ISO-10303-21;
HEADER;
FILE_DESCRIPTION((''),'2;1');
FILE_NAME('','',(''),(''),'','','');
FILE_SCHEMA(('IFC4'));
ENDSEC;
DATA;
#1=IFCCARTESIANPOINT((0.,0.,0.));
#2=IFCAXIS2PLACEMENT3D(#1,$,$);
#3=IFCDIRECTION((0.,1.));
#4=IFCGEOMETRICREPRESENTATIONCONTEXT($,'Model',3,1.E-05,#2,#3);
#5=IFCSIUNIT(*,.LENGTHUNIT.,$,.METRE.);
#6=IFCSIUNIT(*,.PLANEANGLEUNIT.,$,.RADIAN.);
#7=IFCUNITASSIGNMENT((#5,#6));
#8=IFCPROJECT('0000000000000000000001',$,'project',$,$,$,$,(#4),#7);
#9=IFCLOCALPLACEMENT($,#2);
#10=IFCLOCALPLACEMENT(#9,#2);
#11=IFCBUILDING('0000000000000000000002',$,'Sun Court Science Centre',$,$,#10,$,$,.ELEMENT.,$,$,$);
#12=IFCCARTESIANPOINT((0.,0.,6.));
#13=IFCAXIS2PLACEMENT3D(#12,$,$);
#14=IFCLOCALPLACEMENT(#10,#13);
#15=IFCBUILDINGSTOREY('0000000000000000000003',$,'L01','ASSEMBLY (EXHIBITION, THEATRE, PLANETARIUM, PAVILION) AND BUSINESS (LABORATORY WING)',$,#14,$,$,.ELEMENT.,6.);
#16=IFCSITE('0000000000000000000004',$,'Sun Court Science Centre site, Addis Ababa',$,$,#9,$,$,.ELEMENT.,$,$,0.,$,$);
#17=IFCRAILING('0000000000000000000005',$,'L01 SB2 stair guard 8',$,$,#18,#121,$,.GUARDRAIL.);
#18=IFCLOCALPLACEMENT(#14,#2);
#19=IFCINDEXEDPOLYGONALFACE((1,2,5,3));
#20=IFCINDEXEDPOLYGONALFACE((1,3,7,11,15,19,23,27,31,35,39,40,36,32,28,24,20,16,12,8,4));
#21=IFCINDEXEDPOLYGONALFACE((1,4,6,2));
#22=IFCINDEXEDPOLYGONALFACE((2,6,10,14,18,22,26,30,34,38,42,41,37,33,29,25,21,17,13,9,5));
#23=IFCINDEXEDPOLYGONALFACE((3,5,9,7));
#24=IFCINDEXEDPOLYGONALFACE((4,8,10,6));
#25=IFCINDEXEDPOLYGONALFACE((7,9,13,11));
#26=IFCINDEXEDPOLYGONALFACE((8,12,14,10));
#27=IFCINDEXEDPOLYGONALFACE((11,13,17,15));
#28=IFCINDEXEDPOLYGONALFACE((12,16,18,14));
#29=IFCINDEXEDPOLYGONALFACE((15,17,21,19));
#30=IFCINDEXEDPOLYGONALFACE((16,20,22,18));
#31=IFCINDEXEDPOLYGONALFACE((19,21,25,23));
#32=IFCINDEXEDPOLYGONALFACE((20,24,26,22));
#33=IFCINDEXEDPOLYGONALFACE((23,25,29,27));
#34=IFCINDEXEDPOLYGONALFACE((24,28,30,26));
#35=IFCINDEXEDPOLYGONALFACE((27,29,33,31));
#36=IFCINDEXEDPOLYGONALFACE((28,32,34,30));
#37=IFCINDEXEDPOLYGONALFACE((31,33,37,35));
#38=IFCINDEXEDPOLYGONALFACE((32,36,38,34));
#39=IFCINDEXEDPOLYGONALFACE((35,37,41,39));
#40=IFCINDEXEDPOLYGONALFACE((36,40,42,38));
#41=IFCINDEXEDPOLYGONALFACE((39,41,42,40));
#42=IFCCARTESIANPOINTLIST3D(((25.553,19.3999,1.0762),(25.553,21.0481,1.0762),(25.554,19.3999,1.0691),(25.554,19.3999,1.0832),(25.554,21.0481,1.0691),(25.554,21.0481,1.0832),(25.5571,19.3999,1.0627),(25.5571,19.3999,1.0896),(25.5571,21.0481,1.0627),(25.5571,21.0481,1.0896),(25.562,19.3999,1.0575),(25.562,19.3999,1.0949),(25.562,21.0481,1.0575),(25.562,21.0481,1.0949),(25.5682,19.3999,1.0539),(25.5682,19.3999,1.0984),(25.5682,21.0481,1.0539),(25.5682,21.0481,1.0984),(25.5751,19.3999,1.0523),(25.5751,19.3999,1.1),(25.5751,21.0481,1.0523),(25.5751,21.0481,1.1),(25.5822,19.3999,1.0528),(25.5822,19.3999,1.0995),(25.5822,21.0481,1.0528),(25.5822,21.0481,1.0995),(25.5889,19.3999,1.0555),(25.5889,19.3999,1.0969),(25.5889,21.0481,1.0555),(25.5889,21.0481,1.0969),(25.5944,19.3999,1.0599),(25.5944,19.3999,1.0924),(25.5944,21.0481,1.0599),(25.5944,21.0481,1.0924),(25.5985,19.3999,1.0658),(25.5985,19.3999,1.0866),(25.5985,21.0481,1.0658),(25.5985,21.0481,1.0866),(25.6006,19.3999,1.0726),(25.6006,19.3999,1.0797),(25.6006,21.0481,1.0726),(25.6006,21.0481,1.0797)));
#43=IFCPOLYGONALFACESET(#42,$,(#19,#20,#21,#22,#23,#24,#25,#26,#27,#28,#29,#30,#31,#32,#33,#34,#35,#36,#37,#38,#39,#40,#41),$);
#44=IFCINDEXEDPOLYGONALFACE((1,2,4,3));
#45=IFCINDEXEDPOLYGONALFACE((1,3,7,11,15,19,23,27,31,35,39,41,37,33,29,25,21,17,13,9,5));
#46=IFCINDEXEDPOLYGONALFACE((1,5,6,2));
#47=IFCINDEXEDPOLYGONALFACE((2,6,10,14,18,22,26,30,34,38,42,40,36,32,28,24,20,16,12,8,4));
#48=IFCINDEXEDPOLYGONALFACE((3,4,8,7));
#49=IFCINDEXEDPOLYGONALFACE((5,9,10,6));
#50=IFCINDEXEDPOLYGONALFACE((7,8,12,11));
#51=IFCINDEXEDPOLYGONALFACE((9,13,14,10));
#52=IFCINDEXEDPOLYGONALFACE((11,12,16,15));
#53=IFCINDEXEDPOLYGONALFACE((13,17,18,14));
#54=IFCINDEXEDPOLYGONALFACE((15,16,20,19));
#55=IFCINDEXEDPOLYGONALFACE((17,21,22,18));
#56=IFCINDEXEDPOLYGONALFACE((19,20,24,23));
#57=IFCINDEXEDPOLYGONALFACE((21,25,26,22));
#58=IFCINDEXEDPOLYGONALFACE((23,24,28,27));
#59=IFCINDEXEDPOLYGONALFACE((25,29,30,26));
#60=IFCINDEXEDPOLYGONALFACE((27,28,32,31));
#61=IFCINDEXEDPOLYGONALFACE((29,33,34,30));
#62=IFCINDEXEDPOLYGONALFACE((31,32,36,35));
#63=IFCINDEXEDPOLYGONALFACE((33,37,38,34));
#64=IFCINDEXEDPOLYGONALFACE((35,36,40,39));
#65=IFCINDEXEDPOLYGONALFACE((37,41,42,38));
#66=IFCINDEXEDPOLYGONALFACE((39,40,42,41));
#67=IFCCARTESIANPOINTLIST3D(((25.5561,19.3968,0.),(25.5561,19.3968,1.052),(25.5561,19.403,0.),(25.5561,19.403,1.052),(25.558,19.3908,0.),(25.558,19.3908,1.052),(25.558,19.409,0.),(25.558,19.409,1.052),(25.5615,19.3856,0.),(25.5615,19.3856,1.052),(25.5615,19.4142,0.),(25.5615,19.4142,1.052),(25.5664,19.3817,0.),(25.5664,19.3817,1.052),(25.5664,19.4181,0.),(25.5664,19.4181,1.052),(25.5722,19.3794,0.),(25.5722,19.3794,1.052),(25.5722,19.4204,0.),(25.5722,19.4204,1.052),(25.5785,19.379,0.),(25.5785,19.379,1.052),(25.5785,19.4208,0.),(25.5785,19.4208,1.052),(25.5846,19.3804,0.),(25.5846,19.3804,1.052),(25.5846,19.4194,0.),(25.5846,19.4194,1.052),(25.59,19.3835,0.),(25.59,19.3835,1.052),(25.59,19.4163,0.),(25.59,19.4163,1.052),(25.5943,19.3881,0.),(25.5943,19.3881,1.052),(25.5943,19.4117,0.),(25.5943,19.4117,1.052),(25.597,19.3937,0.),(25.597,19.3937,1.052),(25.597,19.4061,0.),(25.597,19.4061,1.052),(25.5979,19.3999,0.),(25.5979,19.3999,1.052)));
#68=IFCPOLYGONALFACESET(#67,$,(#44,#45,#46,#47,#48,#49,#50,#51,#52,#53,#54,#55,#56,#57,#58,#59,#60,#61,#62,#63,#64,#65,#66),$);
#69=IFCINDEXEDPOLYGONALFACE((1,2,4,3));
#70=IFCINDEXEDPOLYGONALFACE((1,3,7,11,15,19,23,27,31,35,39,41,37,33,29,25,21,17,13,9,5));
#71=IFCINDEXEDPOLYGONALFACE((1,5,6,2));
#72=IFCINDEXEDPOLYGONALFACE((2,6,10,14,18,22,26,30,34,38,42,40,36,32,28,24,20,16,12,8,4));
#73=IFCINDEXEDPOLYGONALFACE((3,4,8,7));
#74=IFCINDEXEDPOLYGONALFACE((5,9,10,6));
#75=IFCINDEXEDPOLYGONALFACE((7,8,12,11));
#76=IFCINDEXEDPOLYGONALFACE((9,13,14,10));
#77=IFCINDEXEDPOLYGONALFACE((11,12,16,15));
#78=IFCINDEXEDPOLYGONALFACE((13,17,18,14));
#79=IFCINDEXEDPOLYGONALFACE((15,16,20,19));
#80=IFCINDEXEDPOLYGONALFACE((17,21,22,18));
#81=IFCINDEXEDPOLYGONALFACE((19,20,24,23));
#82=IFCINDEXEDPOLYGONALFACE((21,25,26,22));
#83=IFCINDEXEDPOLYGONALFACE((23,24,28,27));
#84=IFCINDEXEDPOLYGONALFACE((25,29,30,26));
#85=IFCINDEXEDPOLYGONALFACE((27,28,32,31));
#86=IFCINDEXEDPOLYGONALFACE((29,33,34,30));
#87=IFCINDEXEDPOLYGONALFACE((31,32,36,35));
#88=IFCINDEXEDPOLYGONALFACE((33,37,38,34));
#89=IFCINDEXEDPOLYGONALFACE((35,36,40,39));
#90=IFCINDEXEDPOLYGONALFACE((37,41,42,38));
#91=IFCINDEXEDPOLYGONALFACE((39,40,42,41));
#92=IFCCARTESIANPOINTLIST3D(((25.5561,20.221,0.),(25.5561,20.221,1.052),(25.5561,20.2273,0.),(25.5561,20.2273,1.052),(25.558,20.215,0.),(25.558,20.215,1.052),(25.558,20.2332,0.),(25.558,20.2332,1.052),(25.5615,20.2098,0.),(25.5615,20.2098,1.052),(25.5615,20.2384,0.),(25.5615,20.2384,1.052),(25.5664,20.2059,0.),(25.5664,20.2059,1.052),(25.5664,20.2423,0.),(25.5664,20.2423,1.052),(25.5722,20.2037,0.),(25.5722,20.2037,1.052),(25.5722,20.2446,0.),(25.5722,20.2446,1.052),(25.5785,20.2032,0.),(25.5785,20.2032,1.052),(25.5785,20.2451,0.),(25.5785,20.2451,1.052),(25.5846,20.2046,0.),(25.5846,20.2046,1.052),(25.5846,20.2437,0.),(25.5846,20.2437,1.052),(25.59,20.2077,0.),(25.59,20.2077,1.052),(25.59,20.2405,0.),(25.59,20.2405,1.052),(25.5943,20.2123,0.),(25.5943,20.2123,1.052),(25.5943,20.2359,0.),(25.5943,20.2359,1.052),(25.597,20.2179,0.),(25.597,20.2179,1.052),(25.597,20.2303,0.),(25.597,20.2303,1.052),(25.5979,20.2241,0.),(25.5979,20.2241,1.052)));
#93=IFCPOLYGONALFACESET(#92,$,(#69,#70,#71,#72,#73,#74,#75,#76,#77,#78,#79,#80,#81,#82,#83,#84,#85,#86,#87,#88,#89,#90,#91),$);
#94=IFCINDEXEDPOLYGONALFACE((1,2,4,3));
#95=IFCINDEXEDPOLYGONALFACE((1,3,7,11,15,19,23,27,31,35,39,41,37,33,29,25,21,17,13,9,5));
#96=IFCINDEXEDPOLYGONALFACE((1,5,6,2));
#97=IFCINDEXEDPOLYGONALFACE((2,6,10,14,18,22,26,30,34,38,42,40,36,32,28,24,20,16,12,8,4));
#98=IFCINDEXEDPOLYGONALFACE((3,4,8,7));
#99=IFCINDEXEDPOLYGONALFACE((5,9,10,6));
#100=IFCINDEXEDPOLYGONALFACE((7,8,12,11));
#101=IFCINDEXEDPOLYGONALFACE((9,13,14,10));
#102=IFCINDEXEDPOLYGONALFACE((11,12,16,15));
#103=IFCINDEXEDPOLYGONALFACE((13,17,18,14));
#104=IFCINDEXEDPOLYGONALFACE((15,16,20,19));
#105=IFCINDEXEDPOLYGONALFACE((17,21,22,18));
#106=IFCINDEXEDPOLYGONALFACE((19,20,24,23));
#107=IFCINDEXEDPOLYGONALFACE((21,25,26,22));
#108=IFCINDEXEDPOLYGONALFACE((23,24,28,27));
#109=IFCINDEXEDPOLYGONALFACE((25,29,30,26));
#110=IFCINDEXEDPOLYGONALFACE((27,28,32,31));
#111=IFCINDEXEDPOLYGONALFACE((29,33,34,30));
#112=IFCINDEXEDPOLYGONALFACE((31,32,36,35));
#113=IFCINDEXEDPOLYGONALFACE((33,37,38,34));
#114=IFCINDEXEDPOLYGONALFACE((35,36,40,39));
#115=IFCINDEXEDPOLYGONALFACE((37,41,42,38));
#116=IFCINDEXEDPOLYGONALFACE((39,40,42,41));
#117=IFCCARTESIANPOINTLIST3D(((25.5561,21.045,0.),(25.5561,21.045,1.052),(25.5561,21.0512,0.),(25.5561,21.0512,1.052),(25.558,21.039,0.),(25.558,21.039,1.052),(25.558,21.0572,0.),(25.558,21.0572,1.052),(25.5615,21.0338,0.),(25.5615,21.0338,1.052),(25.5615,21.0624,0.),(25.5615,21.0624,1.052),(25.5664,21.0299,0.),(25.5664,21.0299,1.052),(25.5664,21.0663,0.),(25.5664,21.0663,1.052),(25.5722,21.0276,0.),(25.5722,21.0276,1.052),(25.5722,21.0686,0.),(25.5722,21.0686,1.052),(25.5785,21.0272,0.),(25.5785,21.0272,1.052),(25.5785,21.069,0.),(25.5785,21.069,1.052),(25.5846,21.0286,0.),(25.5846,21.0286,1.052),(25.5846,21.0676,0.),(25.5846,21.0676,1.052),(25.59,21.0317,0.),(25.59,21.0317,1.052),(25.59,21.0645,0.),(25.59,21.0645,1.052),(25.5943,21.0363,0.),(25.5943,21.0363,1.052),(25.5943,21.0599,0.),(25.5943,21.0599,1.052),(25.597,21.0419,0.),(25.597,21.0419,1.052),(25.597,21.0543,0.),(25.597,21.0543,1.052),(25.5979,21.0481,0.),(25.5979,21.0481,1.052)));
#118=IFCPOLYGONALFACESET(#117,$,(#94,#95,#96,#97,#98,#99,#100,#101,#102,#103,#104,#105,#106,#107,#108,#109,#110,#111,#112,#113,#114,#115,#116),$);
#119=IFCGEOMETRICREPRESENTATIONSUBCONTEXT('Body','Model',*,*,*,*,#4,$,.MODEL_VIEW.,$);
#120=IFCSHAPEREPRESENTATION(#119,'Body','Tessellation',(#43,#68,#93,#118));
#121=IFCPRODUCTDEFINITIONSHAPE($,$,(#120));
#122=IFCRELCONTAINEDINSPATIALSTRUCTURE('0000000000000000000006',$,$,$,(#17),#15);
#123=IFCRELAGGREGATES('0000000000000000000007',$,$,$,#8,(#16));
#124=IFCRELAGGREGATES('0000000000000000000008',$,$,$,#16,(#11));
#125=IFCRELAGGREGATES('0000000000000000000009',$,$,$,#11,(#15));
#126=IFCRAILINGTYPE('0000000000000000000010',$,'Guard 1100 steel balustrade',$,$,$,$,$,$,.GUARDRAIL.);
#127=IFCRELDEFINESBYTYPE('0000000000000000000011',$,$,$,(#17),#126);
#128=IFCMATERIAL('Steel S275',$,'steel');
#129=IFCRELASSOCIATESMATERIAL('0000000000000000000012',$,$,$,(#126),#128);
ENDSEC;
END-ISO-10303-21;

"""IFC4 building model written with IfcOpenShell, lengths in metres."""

from ifc_helpers import new_model, si_unit, direction, frame, origin, origin_2d, place, context, subcontext, project, spatial, circle, extrude, material, type_object, element, save


model = new_model("IFC4")

# Units and contexts
model_context = context("Model", 3, precision=1e-05, world=origin(), true_north=direction((0.0, 1.0)))
body_context = subcontext(model_context, "Body", "Model", "MODEL_VIEW")
ifc_project = project(units=[si_unit("LENGTHUNIT", "METRE"), si_unit("PLANEANGLEUNIT", "RADIAN")], contexts=[model_context])

# Site, building, storey
site_placement = place(None, origin())
site = spatial("IfcSite", under=ifc_project, at=site_placement, Name="Sun Court Science Centre site, Addis Ababa", CompositionType="ELEMENT", RefElevation=0.0)
building_placement = place(site_placement, origin())
building = spatial("IfcBuilding", under=site, at=building_placement, Name="Sun Court Science Centre", CompositionType="ELEMENT")
storey_placement = place(building_placement, frame((0.0, 0.0, 6.0)))
storey = spatial("IfcBuildingStorey", under=building, at=storey_placement, Name="L01", Description="ASSEMBLY (EXHIBITION, THEATRE, PLANETARIUM, PAVILION) AND BUSINESS (LABORATORY WING)", CompositionType="ELEMENT", Elevation=6.0)

# Railing
ifc_material_1 = material(Name="Steel S275", Category="steel")
railing_type_1 = type_object("IfcRailingType", Name="Guard 1100 steel balustrade", PredefinedType="GUARDRAIL", material=ifc_material_1)
for number, where, name in (
    (1, (25.5769, 19.3999, 0.0), "L01 SB2 stair guard 8"),
):
    element("IfcRailing", number, at=place(storey_placement, frame(where)), inside=storey, type_object=railing_type_1, Name=name, PredefinedType="GUARDRAIL", context=body_context, shape_type="SweptSolid", body=[
        extrude(circle(Radius=0.0239, at=origin_2d()), frame((0.0, 0.0, 1.0762), z_axis=(0.0, 1.0, 0.0), x_axis=(-1.0, 0.0, 0.0)), (0.0, 0.0, 1.0), 1.6482),
        extrude(circle(Radius=0.021, at=origin_2d()), origin(), (0.0, 0.0, 1.0), 1.052),
        extrude(circle(Radius=0.021, at=origin_2d()), frame((0.0, 0.8242, 0.0)), (0.0, 0.0, 1.0), 1.052),
        extrude(circle(Radius=0.021, at=origin_2d()), frame((0.0, 1.6482, 0.0)), (0.0, 0.0, 1.0), 1.052),
    ])

save(model, "model.ifc")
